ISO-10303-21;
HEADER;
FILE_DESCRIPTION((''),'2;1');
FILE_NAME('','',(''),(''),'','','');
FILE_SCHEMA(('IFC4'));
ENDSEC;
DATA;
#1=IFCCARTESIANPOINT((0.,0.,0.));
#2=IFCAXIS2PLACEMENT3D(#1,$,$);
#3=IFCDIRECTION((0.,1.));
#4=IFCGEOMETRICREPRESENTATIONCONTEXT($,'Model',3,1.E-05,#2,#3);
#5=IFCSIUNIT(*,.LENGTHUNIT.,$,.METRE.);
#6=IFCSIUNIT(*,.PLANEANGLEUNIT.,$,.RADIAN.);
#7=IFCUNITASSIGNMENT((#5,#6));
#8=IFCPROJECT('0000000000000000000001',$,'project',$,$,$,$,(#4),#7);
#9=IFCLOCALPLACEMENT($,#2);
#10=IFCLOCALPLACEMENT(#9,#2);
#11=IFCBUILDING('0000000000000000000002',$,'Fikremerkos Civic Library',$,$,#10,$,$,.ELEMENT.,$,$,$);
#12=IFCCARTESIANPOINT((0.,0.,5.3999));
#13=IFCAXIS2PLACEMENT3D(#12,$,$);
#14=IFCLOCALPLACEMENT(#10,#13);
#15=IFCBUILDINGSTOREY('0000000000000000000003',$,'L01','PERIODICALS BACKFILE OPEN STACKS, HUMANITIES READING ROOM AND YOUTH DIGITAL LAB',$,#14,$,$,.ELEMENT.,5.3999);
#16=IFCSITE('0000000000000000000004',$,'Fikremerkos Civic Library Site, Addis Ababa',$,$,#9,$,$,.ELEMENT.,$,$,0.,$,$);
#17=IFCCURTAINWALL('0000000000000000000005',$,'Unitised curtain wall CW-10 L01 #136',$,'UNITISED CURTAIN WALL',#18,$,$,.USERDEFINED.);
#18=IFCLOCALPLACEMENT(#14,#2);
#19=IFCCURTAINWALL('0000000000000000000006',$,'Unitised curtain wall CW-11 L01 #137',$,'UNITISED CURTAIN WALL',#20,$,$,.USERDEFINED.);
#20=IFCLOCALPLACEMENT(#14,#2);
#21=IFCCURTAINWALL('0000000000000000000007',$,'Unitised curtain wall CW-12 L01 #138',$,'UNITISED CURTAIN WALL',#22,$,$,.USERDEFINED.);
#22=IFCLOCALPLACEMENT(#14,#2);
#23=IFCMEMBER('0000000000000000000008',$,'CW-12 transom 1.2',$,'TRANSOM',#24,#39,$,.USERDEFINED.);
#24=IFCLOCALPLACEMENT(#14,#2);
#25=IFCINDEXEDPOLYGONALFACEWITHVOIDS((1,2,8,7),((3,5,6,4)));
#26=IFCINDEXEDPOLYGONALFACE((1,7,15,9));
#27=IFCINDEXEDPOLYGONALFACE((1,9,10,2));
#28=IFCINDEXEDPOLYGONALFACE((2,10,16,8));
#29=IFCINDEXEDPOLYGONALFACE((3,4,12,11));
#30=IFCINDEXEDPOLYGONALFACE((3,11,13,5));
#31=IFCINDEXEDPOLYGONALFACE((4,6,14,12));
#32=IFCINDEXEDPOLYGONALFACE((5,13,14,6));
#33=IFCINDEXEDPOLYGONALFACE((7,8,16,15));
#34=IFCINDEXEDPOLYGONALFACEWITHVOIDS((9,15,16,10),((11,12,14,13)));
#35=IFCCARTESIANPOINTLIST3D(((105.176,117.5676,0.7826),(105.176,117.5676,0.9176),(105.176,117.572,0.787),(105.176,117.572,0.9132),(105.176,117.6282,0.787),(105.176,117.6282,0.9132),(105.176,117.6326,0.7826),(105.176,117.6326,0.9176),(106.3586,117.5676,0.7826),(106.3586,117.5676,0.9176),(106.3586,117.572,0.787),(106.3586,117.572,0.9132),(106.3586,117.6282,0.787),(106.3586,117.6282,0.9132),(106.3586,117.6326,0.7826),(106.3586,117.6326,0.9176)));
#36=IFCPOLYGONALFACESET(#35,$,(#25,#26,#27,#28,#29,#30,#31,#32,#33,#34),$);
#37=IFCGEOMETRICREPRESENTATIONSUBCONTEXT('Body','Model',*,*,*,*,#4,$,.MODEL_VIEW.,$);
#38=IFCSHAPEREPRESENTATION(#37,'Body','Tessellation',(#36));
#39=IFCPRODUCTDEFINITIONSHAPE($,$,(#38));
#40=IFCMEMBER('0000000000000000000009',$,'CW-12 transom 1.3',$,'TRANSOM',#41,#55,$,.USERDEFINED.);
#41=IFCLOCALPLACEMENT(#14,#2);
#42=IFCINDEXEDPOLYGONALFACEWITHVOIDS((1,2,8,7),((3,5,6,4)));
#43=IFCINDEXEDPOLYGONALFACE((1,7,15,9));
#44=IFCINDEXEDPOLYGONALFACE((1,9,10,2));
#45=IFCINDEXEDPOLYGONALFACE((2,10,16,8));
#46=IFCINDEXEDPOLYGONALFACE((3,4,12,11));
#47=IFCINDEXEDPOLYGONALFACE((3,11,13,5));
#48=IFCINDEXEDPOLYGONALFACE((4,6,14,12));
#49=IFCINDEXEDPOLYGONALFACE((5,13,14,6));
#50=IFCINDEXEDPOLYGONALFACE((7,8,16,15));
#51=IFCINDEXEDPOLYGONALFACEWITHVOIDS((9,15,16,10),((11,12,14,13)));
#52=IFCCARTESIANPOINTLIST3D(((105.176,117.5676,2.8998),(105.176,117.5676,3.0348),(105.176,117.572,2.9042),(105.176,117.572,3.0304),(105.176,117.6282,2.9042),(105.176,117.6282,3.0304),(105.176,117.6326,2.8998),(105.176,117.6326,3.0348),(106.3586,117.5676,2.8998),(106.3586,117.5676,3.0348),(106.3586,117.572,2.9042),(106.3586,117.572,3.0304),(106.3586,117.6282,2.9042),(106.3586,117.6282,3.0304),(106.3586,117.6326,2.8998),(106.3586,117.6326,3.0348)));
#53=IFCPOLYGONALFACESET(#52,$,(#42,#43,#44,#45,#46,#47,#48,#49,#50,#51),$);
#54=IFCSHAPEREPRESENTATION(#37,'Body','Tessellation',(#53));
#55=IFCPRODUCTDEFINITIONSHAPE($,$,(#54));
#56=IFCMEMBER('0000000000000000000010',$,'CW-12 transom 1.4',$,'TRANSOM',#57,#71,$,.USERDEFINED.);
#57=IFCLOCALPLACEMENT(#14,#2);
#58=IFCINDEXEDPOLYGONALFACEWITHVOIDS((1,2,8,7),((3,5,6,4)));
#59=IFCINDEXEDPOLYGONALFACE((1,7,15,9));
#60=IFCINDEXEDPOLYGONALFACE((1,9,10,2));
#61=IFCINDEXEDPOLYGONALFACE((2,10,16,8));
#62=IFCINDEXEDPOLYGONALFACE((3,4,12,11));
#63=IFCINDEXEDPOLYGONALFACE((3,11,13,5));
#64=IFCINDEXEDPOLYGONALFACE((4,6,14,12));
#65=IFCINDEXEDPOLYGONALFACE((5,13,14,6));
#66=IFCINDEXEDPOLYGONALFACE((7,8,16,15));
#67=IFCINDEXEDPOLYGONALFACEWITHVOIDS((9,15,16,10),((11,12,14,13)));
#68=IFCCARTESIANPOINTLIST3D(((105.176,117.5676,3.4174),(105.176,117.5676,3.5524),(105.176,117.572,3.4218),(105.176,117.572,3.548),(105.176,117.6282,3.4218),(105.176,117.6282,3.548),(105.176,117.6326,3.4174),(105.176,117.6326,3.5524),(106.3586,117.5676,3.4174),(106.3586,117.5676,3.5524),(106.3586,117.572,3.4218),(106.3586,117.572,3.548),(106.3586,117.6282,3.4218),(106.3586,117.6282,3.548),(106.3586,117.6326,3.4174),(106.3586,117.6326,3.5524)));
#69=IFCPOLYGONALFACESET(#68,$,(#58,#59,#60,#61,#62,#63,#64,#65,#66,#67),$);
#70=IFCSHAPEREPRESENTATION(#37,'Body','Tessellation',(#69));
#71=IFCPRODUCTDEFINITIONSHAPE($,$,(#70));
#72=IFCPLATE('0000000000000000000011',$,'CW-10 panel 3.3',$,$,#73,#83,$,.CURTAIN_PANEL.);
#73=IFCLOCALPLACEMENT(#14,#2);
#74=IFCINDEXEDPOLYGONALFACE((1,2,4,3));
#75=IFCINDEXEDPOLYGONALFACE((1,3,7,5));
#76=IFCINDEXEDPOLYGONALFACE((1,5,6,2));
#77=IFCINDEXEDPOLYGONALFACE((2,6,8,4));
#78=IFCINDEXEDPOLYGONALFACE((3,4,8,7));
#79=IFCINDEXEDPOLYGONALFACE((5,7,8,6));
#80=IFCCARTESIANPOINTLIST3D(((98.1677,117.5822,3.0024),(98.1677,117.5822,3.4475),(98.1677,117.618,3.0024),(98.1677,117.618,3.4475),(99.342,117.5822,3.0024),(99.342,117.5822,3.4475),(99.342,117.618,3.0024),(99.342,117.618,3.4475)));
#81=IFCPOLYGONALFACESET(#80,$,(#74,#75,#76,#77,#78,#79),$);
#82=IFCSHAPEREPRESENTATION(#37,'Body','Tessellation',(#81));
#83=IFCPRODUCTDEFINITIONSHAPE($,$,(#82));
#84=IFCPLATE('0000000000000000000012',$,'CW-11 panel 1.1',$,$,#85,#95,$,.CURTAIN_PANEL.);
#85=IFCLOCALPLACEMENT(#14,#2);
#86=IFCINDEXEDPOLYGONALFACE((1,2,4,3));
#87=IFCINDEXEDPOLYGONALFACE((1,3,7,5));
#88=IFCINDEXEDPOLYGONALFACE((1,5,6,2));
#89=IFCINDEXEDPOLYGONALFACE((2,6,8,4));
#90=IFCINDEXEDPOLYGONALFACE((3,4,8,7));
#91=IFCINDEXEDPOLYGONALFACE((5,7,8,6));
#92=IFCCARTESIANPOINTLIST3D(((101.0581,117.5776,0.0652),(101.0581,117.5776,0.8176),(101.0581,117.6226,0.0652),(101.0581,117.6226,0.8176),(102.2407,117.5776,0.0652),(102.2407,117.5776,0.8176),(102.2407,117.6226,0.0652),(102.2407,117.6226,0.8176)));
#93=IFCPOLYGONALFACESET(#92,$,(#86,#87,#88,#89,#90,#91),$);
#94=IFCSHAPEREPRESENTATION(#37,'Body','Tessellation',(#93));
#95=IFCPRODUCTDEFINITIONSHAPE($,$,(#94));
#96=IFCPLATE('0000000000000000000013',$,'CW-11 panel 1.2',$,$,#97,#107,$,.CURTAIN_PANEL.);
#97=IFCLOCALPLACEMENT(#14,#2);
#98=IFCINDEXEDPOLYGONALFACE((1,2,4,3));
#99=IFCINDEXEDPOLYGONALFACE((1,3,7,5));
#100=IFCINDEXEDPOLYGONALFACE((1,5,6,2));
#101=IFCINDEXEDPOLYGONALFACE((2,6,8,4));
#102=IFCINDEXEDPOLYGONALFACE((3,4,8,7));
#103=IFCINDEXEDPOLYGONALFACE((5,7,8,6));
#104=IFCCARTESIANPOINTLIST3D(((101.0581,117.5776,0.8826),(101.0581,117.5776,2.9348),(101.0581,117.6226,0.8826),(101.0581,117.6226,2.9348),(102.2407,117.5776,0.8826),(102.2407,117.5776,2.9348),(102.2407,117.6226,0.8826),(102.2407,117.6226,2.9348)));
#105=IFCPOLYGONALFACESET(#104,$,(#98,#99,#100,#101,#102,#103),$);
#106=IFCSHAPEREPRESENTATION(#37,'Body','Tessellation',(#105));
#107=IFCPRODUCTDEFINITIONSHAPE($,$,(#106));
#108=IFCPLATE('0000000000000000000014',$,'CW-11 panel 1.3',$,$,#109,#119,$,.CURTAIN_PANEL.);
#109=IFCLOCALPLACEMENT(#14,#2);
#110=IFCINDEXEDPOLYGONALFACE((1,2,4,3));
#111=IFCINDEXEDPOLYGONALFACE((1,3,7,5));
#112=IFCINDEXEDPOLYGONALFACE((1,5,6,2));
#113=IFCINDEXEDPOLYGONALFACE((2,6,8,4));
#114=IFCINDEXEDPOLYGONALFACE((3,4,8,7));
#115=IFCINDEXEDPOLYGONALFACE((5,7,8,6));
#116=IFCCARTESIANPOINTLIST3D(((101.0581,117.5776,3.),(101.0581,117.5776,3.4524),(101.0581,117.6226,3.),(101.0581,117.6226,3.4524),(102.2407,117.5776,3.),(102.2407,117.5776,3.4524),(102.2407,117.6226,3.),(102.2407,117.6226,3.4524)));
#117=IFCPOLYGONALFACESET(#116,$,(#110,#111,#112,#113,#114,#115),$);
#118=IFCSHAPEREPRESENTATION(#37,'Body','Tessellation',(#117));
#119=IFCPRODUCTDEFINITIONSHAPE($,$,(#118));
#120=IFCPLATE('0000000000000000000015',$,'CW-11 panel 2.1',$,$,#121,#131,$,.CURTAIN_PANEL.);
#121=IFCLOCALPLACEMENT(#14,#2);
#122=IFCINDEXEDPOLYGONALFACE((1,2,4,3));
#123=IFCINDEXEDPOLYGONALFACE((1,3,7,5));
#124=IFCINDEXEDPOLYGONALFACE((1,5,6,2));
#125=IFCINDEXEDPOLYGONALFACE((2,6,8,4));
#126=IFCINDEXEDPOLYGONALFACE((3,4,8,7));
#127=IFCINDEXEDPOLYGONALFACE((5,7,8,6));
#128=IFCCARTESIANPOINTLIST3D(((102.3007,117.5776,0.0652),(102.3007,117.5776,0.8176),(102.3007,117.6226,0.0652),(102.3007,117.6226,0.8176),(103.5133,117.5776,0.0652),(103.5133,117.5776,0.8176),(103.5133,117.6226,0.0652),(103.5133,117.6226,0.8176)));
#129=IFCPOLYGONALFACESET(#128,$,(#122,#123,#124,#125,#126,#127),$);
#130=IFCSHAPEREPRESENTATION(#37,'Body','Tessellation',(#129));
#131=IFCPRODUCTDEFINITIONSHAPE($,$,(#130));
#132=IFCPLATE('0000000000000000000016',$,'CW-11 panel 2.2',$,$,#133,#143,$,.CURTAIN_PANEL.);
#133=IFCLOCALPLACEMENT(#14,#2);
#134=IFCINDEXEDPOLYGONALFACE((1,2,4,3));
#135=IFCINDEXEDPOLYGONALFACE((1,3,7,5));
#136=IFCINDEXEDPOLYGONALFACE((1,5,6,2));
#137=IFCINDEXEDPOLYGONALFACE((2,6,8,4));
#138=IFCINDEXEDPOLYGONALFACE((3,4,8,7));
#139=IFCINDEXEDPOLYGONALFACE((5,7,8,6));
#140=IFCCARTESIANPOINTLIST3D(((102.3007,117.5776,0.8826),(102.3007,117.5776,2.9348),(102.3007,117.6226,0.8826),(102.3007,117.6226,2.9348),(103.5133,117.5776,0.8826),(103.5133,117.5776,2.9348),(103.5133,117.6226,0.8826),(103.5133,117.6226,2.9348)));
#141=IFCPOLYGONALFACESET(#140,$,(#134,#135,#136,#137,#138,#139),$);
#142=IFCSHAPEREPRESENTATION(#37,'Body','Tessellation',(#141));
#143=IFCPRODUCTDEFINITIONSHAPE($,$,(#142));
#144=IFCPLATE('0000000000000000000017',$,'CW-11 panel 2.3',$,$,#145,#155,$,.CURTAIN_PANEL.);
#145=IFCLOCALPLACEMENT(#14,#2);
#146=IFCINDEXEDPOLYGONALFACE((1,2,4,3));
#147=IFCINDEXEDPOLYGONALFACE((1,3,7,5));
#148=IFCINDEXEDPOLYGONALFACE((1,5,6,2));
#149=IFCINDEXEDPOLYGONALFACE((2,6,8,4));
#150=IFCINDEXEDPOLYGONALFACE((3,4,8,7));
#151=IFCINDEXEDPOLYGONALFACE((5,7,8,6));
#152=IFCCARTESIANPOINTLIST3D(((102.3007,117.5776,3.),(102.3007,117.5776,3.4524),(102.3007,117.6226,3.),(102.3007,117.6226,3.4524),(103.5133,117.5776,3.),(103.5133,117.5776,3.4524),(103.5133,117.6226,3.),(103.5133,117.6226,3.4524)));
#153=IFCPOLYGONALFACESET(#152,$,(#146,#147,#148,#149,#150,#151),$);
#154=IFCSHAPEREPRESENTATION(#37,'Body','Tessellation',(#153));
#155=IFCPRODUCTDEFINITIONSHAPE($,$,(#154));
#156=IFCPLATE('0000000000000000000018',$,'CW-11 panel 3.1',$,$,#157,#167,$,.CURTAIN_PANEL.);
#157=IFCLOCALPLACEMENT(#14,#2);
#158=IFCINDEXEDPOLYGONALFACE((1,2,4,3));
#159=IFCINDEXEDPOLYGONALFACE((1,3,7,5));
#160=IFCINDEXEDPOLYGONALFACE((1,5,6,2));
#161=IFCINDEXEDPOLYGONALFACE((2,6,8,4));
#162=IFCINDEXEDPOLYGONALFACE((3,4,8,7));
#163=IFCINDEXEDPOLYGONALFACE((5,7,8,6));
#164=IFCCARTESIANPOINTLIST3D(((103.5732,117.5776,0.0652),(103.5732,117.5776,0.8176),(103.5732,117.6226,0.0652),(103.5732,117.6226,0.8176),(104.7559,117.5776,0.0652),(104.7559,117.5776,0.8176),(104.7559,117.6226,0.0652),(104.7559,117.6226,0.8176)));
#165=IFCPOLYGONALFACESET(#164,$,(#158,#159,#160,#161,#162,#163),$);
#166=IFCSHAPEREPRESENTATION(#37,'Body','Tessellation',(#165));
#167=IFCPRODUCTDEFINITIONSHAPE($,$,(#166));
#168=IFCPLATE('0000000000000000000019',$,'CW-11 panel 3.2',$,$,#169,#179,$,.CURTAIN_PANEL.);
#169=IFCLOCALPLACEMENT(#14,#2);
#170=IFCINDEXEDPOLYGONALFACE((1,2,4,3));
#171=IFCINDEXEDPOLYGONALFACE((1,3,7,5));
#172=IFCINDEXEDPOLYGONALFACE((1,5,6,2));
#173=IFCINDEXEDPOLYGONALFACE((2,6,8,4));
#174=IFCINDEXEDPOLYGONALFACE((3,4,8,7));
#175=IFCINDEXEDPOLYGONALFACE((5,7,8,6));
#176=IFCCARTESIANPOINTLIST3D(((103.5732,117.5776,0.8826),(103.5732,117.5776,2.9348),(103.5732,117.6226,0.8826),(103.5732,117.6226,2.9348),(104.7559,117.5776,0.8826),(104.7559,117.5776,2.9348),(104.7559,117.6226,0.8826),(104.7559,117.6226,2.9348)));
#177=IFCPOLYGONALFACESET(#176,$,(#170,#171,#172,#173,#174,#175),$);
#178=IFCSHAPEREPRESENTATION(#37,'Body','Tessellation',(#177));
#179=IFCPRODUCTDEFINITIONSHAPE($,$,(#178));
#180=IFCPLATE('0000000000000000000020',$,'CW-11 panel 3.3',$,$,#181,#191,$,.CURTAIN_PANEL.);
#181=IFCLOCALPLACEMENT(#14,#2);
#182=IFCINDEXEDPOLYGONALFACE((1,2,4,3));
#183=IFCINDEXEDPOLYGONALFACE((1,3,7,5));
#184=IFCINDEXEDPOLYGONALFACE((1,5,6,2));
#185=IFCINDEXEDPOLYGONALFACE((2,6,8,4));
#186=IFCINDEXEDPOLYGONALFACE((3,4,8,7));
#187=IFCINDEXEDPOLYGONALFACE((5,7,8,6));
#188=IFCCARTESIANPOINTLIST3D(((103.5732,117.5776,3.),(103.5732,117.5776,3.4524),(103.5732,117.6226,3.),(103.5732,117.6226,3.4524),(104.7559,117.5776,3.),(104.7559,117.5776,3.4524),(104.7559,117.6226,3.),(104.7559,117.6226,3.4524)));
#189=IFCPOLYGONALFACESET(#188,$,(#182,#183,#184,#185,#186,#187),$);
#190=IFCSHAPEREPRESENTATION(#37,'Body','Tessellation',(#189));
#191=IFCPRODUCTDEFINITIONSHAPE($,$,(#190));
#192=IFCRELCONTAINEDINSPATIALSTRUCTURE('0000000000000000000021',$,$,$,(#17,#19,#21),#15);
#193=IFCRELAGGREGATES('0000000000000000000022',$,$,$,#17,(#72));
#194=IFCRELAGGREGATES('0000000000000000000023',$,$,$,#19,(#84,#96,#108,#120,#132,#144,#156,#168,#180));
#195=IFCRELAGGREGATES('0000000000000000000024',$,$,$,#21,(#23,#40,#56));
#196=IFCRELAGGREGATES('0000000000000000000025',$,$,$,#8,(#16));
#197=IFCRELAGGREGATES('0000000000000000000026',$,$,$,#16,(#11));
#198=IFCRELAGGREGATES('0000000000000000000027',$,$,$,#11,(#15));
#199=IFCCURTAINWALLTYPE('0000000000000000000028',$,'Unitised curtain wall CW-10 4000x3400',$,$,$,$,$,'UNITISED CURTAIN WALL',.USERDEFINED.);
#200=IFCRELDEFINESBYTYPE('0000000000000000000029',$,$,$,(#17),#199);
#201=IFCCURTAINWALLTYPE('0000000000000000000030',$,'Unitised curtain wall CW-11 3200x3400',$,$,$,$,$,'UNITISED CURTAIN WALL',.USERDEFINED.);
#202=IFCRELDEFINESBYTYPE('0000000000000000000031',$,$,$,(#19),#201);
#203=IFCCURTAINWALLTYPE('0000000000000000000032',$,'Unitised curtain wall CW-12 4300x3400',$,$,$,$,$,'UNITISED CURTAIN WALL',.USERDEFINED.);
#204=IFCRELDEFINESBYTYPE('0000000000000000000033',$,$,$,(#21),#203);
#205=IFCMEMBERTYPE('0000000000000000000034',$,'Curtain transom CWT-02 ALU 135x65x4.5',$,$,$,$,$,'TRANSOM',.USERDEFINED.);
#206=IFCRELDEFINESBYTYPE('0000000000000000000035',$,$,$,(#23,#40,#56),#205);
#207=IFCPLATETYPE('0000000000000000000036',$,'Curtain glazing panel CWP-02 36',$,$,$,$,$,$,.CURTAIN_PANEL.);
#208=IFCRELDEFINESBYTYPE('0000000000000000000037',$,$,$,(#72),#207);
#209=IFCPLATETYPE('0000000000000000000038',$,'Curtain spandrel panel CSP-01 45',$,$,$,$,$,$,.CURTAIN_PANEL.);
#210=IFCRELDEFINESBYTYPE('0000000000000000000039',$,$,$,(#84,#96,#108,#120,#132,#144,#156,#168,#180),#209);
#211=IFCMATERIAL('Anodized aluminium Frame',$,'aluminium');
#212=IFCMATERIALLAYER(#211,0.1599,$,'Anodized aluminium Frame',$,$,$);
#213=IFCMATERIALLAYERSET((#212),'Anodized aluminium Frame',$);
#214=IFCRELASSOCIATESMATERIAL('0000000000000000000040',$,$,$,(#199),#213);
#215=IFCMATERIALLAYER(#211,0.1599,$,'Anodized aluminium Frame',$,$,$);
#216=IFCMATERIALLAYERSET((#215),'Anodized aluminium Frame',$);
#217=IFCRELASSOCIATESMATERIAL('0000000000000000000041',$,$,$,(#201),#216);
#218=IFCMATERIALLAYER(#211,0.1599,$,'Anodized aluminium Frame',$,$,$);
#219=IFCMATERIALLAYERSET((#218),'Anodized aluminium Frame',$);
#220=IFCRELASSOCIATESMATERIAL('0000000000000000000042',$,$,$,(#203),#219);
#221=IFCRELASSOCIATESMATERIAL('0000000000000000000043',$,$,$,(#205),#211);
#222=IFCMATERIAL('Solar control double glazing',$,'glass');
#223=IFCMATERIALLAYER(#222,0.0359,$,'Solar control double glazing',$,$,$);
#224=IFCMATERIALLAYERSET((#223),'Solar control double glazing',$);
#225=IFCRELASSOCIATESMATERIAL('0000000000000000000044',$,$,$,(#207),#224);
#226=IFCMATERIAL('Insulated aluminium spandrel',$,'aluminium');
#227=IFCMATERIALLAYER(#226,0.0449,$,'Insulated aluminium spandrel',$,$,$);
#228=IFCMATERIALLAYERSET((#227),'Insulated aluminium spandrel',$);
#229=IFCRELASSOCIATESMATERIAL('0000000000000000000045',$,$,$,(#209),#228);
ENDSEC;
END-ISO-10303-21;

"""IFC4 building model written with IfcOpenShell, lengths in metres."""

from ifc_helpers import new_model, si_unit, direction, frame, origin, origin_2d, place, context, subcontext, project, spatial, rectangle, hollow_rectangle, extrude, material, layer, layer_set, material_profile, profile_set, type_object, element, aggregate, save


model = new_model("IFC4")

# Units and contexts
model_context = context("Model", 3, precision=1e-05, world=origin(), true_north=direction((0.0, 1.0)))
body_context = subcontext(model_context, "Body", "Model", "MODEL_VIEW")
ifc_project = project(units=[si_unit("LENGTHUNIT", "METRE"), si_unit("PLANEANGLEUNIT", "RADIAN")], contexts=[model_context])

# Site, building, storey
site_placement = place(None, origin())
site = spatial("IfcSite", under=ifc_project, at=site_placement, Name="Fikremerkos Civic Library Site, Addis Ababa", CompositionType="ELEMENT", RefElevation=0.0)
building_placement = place(site_placement, origin())
building = spatial("IfcBuilding", under=site, at=building_placement, Name="Fikremerkos Civic Library", CompositionType="ELEMENT")
storey_placement = place(building_placement, frame((0.0, 0.0, 5.3999)))
storey = spatial("IfcBuildingStorey", under=building, at=storey_placement, Name="L01", Description="PERIODICALS BACKFILE OPEN STACKS, HUMANITIES READING ROOM AND YOUTH DIGITAL LAB", CompositionType="ELEMENT", Elevation=5.3999)

# Curtain wall
ifc_material_1 = material(Name="Anodized aluminium Frame", Category="aluminium")
ifc_layer_1 = layer(ifc_material_1, 0.1599, Name="Anodized aluminium Frame")
ifc_layer_set_1 = layer_set([ifc_layer_1], Name="Anodized aluminium Frame")
curtain_wall_type_1 = type_object("IfcCurtainWallType", Name="Unitised curtain wall CW-10 4000x3400", ElementType="UNITISED CURTAIN WALL", PredefinedType="USERDEFINED", material=ifc_layer_set_1)
curtain_wall_1_placement = place(storey_placement, origin())
curtain_wall_1 = element("IfcCurtainWall", 1, at=curtain_wall_1_placement, inside=storey, type_object=curtain_wall_type_1, Name="Unitised curtain wall CW-10 L01 #136", ObjectType="UNITISED CURTAIN WALL", PredefinedType="USERDEFINED")

# Curtain walls
ifc_layer_2 = layer(ifc_material_1, 0.1599, Name="Anodized aluminium Frame")
ifc_layer_set_2 = layer_set([ifc_layer_2], Name="Anodized aluminium Frame")
curtain_wall_type_2 = type_object("IfcCurtainWallType", Name="Unitised curtain wall CW-11 3200x3400", ElementType="UNITISED CURTAIN WALL", PredefinedType="USERDEFINED", material=ifc_layer_set_2)
curtain_wall_2_placement = place(storey_placement, origin())
curtain_wall_2 = element("IfcCurtainWall", 2, at=curtain_wall_2_placement, inside=storey, type_object=curtain_wall_type_2, Name="Unitised curtain wall CW-11 L01 #137", ObjectType="UNITISED CURTAIN WALL", PredefinedType="USERDEFINED")
ifc_layer_3 = layer(ifc_material_1, 0.1599, Name="Anodized aluminium Frame")
ifc_layer_set_3 = layer_set([ifc_layer_3], Name="Anodized aluminium Frame")
curtain_wall_type_3 = type_object("IfcCurtainWallType", Name="Unitised curtain wall CW-12 4300x3400", ElementType="UNITISED CURTAIN WALL", PredefinedType="USERDEFINED", material=ifc_layer_set_3)
curtain_wall_3_placement = place(storey_placement, origin())
curtain_wall_3 = element("IfcCurtainWall", 3, at=curtain_wall_3_placement, inside=storey, type_object=curtain_wall_type_3, Name="Unitised curtain wall CW-12 L01 #138", ObjectType="UNITISED CURTAIN WALL", PredefinedType="USERDEFINED")

# Members
ifc_material_profile_1 = material_profile(ifc_material_1, hollow_rectangle(XDim=0.0649, YDim=0.135, WallThickness=0.0044, at=origin_2d()), Name="ALU 135x65x4.5")
ifc_profile_set_1 = profile_set([ifc_material_profile_1], Name="Anodized aluminium Frame")
member_type_1 = type_object("IfcMemberType", Name="Curtain transom CWT-02 ALU 135x65x4.5", ElementType="TRANSOM", PredefinedType="USERDEFINED", material=ifc_profile_set_1)
member_1_placement = place(storey_placement, frame((105.176, 117.6001, 0.8501), z_axis=(1.0, 0.0, 0.0), x_axis=(0.0, 1.0, 0.0)))
member_1 = element("IfcMember", 4, at=member_1_placement, type_object=member_type_1, Name="CW-12 transom 1.2", ObjectType="TRANSOM", PredefinedType="USERDEFINED", context=body_context, shape_type="SweptSolid", body=[
    extrude(hollow_rectangle(XDim=0.0649, YDim=0.135, WallThickness=0.0044, at=origin_2d()), origin(), (0.0, 0.0, 1.0), 1.1826),
])
member_2_placement = place(storey_placement, frame((105.176, 117.6001, 2.9673), z_axis=(1.0, 0.0, 0.0), x_axis=(0.0, 1.0, 0.0)))
member_2 = element("IfcMember", 5, at=member_2_placement, type_object=member_type_1, Name="CW-12 transom 1.3", ObjectType="TRANSOM", PredefinedType="USERDEFINED", context=body_context, shape_type="SweptSolid", body=[
    extrude(hollow_rectangle(XDim=0.0649, YDim=0.135, WallThickness=0.0044, at=origin_2d()), origin(), (0.0, 0.0, 1.0), 1.1826),
])
member_3_placement = place(storey_placement, frame((105.176, 117.6001, 3.4849), z_axis=(1.0, 0.0, 0.0), x_axis=(0.0, 1.0, 0.0)))
member_3 = element("IfcMember", 6, at=member_3_placement, type_object=member_type_1, Name="CW-12 transom 1.4", ObjectType="TRANSOM", PredefinedType="USERDEFINED", context=body_context, shape_type="SweptSolid", body=[
    extrude(hollow_rectangle(XDim=0.0649, YDim=0.135, WallThickness=0.0044, at=origin_2d()), origin(), (0.0, 0.0, 1.0), 1.1826),
])

# Plates
ifc_material_2 = material(Name="Solar control double glazing", Category="glass")
ifc_layer_4 = layer(ifc_material_2, 0.0359, Name="Solar control double glazing")
ifc_layer_set_4 = layer_set([ifc_layer_4], Name="Solar control double glazing")
plate_type_1 = type_object("IfcPlateType", Name="Curtain glazing panel CWP-02 36", PredefinedType="CURTAIN_PANEL", material=ifc_layer_set_4)
plate_1_placement = place(storey_placement, frame((98.7549, 117.6001, 3.0024), z_axis=(0.0, 0.0, 1.0), x_axis=(1.0, 0.0, 0.0)))
plate_1 = element("IfcPlate", 7, at=plate_1_placement, type_object=plate_type_1, Name="CW-10 panel 3.3", PredefinedType="CURTAIN_PANEL", context=body_context, shape_type="SweptSolid", body=[
    extrude(rectangle(XDim=1.1743, YDim=0.0359, at=origin_2d()), origin(), (0.0, 0.0, 1.0), 0.4451),
])
aggregate(curtain_wall_1, [plate_1])
ifc_material_3 = material(Name="Insulated aluminium spandrel", Category="aluminium")
ifc_layer_5 = layer(ifc_material_3, 0.0449, Name="Insulated aluminium spandrel")
ifc_layer_set_5 = layer_set([ifc_layer_5], Name="Insulated aluminium spandrel")
plate_type_2 = type_object("IfcPlateType", Name="Curtain spandrel panel CSP-01 45", PredefinedType="CURTAIN_PANEL", material=ifc_layer_set_5)
plate_2_placement = place(storey_placement, frame((101.6494, 117.6001, 0.0652), z_axis=(0.0, 0.0, 1.0), x_axis=(1.0, 0.0, 0.0)))
plate_2 = element("IfcPlate", 8, at=plate_2_placement, type_object=plate_type_2, Name="CW-11 panel 1.1", PredefinedType="CURTAIN_PANEL", context=body_context, shape_type="SweptSolid", body=[
    extrude(rectangle(XDim=1.1826, YDim=0.0449, at=origin_2d()), origin(), (0.0, 0.0, 1.0), 0.7524),
])
plate_3_placement = place(storey_placement, frame((101.6494, 117.6001, 0.8826), z_axis=(0.0, 0.0, 1.0), x_axis=(1.0, 0.0, 0.0)))
plate_3 = element("IfcPlate", 9, at=plate_3_placement, type_object=plate_type_2, Name="CW-11 panel 1.2", PredefinedType="CURTAIN_PANEL", context=body_context, shape_type="SweptSolid", body=[
    extrude(rectangle(XDim=1.1826, YDim=0.0449, at=origin_2d()), origin(), (0.0, 0.0, 1.0), 2.0522),
])
plate_4_placement = place(storey_placement, frame((101.6494, 117.6001, 3.0), z_axis=(0.0, 0.0, 1.0), x_axis=(1.0, 0.0, 0.0)))
plate_4 = element("IfcPlate", 10, at=plate_4_placement, type_object=plate_type_2, Name="CW-11 panel 1.3", PredefinedType="CURTAIN_PANEL", context=body_context, shape_type="SweptSolid", body=[
    extrude(rectangle(XDim=1.1826, YDim=0.0449, at=origin_2d()), origin(), (0.0, 0.0, 1.0), 0.4524),
])
plate_5_placement = place(storey_placement, frame((102.907, 117.6001, 0.0652), z_axis=(0.0, 0.0, 1.0), x_axis=(1.0, 0.0, 0.0)))
plate_5 = element("IfcPlate", 11, at=plate_5_placement, type_object=plate_type_2, Name="CW-11 panel 2.1", PredefinedType="CURTAIN_PANEL", context=body_context, shape_type="SweptSolid", body=[
    extrude(rectangle(XDim=1.2126, YDim=0.0449, at=origin_2d()), origin(), (0.0, 0.0, 1.0), 0.7524),
])
plate_6_placement = place(storey_placement, frame((102.907, 117.6001, 0.8826), z_axis=(0.0, 0.0, 1.0), x_axis=(1.0, 0.0, 0.0)))
plate_6 = element("IfcPlate", 12, at=plate_6_placement, type_object=plate_type_2, Name="CW-11 panel 2.2", PredefinedType="CURTAIN_PANEL", context=body_context, shape_type="SweptSolid", body=[
    extrude(rectangle(XDim=1.2126, YDim=0.0449, at=origin_2d()), origin(), (0.0, 0.0, 1.0), 2.0522),
])
plate_7_placement = place(storey_placement, frame((102.907, 117.6001, 3.0), z_axis=(0.0, 0.0, 1.0), x_axis=(1.0, 0.0, 0.0)))
plate_7 = element("IfcPlate", 13, at=plate_7_placement, type_object=plate_type_2, Name="CW-11 panel 2.3", PredefinedType="CURTAIN_PANEL", context=body_context, shape_type="SweptSolid", body=[
    extrude(rectangle(XDim=1.2126, YDim=0.0449, at=origin_2d()), origin(), (0.0, 0.0, 1.0), 0.4524),
])
plate_8_placement = place(storey_placement, frame((104.1646, 117.6001, 0.0652), z_axis=(0.0, 0.0, 1.0), x_axis=(1.0, 0.0, 0.0)))
plate_8 = element("IfcPlate", 14, at=plate_8_placement, type_object=plate_type_2, Name="CW-11 panel 3.1", PredefinedType="CURTAIN_PANEL", context=body_context, shape_type="SweptSolid", body=[
    extrude(rectangle(XDim=1.1826, YDim=0.0449, at=origin_2d()), origin(), (0.0, 0.0, 1.0), 0.7524),
])
plate_9_placement = place(storey_placement, frame((104.1646, 117.6001, 0.8826), z_axis=(0.0, 0.0, 1.0), x_axis=(1.0, 0.0, 0.0)))
plate_9 = element("IfcPlate", 15, at=plate_9_placement, type_object=plate_type_2, Name="CW-11 panel 3.2", PredefinedType="CURTAIN_PANEL", context=body_context, shape_type="SweptSolid", body=[
    extrude(rectangle(XDim=1.1826, YDim=0.0449, at=origin_2d()), origin(), (0.0, 0.0, 1.0), 2.0522),
])
plate_10_placement = place(storey_placement, frame((104.1646, 117.6001, 3.0), z_axis=(0.0, 0.0, 1.0), x_axis=(1.0, 0.0, 0.0)))
plate_10 = element("IfcPlate", 16, at=plate_10_placement, type_object=plate_type_2, Name="CW-11 panel 3.3", PredefinedType="CURTAIN_PANEL", context=body_context, shape_type="SweptSolid", body=[
    extrude(rectangle(XDim=1.1826, YDim=0.0449, at=origin_2d()), origin(), (0.0, 0.0, 1.0), 0.4524),
])
aggregate(curtain_wall_2, [plate_2, plate_3, plate_4, plate_5, plate_6, plate_7, plate_8, plate_9, plate_10])
aggregate(curtain_wall_3, [member_1, member_2, member_3])

save(model, "model.ifc")
